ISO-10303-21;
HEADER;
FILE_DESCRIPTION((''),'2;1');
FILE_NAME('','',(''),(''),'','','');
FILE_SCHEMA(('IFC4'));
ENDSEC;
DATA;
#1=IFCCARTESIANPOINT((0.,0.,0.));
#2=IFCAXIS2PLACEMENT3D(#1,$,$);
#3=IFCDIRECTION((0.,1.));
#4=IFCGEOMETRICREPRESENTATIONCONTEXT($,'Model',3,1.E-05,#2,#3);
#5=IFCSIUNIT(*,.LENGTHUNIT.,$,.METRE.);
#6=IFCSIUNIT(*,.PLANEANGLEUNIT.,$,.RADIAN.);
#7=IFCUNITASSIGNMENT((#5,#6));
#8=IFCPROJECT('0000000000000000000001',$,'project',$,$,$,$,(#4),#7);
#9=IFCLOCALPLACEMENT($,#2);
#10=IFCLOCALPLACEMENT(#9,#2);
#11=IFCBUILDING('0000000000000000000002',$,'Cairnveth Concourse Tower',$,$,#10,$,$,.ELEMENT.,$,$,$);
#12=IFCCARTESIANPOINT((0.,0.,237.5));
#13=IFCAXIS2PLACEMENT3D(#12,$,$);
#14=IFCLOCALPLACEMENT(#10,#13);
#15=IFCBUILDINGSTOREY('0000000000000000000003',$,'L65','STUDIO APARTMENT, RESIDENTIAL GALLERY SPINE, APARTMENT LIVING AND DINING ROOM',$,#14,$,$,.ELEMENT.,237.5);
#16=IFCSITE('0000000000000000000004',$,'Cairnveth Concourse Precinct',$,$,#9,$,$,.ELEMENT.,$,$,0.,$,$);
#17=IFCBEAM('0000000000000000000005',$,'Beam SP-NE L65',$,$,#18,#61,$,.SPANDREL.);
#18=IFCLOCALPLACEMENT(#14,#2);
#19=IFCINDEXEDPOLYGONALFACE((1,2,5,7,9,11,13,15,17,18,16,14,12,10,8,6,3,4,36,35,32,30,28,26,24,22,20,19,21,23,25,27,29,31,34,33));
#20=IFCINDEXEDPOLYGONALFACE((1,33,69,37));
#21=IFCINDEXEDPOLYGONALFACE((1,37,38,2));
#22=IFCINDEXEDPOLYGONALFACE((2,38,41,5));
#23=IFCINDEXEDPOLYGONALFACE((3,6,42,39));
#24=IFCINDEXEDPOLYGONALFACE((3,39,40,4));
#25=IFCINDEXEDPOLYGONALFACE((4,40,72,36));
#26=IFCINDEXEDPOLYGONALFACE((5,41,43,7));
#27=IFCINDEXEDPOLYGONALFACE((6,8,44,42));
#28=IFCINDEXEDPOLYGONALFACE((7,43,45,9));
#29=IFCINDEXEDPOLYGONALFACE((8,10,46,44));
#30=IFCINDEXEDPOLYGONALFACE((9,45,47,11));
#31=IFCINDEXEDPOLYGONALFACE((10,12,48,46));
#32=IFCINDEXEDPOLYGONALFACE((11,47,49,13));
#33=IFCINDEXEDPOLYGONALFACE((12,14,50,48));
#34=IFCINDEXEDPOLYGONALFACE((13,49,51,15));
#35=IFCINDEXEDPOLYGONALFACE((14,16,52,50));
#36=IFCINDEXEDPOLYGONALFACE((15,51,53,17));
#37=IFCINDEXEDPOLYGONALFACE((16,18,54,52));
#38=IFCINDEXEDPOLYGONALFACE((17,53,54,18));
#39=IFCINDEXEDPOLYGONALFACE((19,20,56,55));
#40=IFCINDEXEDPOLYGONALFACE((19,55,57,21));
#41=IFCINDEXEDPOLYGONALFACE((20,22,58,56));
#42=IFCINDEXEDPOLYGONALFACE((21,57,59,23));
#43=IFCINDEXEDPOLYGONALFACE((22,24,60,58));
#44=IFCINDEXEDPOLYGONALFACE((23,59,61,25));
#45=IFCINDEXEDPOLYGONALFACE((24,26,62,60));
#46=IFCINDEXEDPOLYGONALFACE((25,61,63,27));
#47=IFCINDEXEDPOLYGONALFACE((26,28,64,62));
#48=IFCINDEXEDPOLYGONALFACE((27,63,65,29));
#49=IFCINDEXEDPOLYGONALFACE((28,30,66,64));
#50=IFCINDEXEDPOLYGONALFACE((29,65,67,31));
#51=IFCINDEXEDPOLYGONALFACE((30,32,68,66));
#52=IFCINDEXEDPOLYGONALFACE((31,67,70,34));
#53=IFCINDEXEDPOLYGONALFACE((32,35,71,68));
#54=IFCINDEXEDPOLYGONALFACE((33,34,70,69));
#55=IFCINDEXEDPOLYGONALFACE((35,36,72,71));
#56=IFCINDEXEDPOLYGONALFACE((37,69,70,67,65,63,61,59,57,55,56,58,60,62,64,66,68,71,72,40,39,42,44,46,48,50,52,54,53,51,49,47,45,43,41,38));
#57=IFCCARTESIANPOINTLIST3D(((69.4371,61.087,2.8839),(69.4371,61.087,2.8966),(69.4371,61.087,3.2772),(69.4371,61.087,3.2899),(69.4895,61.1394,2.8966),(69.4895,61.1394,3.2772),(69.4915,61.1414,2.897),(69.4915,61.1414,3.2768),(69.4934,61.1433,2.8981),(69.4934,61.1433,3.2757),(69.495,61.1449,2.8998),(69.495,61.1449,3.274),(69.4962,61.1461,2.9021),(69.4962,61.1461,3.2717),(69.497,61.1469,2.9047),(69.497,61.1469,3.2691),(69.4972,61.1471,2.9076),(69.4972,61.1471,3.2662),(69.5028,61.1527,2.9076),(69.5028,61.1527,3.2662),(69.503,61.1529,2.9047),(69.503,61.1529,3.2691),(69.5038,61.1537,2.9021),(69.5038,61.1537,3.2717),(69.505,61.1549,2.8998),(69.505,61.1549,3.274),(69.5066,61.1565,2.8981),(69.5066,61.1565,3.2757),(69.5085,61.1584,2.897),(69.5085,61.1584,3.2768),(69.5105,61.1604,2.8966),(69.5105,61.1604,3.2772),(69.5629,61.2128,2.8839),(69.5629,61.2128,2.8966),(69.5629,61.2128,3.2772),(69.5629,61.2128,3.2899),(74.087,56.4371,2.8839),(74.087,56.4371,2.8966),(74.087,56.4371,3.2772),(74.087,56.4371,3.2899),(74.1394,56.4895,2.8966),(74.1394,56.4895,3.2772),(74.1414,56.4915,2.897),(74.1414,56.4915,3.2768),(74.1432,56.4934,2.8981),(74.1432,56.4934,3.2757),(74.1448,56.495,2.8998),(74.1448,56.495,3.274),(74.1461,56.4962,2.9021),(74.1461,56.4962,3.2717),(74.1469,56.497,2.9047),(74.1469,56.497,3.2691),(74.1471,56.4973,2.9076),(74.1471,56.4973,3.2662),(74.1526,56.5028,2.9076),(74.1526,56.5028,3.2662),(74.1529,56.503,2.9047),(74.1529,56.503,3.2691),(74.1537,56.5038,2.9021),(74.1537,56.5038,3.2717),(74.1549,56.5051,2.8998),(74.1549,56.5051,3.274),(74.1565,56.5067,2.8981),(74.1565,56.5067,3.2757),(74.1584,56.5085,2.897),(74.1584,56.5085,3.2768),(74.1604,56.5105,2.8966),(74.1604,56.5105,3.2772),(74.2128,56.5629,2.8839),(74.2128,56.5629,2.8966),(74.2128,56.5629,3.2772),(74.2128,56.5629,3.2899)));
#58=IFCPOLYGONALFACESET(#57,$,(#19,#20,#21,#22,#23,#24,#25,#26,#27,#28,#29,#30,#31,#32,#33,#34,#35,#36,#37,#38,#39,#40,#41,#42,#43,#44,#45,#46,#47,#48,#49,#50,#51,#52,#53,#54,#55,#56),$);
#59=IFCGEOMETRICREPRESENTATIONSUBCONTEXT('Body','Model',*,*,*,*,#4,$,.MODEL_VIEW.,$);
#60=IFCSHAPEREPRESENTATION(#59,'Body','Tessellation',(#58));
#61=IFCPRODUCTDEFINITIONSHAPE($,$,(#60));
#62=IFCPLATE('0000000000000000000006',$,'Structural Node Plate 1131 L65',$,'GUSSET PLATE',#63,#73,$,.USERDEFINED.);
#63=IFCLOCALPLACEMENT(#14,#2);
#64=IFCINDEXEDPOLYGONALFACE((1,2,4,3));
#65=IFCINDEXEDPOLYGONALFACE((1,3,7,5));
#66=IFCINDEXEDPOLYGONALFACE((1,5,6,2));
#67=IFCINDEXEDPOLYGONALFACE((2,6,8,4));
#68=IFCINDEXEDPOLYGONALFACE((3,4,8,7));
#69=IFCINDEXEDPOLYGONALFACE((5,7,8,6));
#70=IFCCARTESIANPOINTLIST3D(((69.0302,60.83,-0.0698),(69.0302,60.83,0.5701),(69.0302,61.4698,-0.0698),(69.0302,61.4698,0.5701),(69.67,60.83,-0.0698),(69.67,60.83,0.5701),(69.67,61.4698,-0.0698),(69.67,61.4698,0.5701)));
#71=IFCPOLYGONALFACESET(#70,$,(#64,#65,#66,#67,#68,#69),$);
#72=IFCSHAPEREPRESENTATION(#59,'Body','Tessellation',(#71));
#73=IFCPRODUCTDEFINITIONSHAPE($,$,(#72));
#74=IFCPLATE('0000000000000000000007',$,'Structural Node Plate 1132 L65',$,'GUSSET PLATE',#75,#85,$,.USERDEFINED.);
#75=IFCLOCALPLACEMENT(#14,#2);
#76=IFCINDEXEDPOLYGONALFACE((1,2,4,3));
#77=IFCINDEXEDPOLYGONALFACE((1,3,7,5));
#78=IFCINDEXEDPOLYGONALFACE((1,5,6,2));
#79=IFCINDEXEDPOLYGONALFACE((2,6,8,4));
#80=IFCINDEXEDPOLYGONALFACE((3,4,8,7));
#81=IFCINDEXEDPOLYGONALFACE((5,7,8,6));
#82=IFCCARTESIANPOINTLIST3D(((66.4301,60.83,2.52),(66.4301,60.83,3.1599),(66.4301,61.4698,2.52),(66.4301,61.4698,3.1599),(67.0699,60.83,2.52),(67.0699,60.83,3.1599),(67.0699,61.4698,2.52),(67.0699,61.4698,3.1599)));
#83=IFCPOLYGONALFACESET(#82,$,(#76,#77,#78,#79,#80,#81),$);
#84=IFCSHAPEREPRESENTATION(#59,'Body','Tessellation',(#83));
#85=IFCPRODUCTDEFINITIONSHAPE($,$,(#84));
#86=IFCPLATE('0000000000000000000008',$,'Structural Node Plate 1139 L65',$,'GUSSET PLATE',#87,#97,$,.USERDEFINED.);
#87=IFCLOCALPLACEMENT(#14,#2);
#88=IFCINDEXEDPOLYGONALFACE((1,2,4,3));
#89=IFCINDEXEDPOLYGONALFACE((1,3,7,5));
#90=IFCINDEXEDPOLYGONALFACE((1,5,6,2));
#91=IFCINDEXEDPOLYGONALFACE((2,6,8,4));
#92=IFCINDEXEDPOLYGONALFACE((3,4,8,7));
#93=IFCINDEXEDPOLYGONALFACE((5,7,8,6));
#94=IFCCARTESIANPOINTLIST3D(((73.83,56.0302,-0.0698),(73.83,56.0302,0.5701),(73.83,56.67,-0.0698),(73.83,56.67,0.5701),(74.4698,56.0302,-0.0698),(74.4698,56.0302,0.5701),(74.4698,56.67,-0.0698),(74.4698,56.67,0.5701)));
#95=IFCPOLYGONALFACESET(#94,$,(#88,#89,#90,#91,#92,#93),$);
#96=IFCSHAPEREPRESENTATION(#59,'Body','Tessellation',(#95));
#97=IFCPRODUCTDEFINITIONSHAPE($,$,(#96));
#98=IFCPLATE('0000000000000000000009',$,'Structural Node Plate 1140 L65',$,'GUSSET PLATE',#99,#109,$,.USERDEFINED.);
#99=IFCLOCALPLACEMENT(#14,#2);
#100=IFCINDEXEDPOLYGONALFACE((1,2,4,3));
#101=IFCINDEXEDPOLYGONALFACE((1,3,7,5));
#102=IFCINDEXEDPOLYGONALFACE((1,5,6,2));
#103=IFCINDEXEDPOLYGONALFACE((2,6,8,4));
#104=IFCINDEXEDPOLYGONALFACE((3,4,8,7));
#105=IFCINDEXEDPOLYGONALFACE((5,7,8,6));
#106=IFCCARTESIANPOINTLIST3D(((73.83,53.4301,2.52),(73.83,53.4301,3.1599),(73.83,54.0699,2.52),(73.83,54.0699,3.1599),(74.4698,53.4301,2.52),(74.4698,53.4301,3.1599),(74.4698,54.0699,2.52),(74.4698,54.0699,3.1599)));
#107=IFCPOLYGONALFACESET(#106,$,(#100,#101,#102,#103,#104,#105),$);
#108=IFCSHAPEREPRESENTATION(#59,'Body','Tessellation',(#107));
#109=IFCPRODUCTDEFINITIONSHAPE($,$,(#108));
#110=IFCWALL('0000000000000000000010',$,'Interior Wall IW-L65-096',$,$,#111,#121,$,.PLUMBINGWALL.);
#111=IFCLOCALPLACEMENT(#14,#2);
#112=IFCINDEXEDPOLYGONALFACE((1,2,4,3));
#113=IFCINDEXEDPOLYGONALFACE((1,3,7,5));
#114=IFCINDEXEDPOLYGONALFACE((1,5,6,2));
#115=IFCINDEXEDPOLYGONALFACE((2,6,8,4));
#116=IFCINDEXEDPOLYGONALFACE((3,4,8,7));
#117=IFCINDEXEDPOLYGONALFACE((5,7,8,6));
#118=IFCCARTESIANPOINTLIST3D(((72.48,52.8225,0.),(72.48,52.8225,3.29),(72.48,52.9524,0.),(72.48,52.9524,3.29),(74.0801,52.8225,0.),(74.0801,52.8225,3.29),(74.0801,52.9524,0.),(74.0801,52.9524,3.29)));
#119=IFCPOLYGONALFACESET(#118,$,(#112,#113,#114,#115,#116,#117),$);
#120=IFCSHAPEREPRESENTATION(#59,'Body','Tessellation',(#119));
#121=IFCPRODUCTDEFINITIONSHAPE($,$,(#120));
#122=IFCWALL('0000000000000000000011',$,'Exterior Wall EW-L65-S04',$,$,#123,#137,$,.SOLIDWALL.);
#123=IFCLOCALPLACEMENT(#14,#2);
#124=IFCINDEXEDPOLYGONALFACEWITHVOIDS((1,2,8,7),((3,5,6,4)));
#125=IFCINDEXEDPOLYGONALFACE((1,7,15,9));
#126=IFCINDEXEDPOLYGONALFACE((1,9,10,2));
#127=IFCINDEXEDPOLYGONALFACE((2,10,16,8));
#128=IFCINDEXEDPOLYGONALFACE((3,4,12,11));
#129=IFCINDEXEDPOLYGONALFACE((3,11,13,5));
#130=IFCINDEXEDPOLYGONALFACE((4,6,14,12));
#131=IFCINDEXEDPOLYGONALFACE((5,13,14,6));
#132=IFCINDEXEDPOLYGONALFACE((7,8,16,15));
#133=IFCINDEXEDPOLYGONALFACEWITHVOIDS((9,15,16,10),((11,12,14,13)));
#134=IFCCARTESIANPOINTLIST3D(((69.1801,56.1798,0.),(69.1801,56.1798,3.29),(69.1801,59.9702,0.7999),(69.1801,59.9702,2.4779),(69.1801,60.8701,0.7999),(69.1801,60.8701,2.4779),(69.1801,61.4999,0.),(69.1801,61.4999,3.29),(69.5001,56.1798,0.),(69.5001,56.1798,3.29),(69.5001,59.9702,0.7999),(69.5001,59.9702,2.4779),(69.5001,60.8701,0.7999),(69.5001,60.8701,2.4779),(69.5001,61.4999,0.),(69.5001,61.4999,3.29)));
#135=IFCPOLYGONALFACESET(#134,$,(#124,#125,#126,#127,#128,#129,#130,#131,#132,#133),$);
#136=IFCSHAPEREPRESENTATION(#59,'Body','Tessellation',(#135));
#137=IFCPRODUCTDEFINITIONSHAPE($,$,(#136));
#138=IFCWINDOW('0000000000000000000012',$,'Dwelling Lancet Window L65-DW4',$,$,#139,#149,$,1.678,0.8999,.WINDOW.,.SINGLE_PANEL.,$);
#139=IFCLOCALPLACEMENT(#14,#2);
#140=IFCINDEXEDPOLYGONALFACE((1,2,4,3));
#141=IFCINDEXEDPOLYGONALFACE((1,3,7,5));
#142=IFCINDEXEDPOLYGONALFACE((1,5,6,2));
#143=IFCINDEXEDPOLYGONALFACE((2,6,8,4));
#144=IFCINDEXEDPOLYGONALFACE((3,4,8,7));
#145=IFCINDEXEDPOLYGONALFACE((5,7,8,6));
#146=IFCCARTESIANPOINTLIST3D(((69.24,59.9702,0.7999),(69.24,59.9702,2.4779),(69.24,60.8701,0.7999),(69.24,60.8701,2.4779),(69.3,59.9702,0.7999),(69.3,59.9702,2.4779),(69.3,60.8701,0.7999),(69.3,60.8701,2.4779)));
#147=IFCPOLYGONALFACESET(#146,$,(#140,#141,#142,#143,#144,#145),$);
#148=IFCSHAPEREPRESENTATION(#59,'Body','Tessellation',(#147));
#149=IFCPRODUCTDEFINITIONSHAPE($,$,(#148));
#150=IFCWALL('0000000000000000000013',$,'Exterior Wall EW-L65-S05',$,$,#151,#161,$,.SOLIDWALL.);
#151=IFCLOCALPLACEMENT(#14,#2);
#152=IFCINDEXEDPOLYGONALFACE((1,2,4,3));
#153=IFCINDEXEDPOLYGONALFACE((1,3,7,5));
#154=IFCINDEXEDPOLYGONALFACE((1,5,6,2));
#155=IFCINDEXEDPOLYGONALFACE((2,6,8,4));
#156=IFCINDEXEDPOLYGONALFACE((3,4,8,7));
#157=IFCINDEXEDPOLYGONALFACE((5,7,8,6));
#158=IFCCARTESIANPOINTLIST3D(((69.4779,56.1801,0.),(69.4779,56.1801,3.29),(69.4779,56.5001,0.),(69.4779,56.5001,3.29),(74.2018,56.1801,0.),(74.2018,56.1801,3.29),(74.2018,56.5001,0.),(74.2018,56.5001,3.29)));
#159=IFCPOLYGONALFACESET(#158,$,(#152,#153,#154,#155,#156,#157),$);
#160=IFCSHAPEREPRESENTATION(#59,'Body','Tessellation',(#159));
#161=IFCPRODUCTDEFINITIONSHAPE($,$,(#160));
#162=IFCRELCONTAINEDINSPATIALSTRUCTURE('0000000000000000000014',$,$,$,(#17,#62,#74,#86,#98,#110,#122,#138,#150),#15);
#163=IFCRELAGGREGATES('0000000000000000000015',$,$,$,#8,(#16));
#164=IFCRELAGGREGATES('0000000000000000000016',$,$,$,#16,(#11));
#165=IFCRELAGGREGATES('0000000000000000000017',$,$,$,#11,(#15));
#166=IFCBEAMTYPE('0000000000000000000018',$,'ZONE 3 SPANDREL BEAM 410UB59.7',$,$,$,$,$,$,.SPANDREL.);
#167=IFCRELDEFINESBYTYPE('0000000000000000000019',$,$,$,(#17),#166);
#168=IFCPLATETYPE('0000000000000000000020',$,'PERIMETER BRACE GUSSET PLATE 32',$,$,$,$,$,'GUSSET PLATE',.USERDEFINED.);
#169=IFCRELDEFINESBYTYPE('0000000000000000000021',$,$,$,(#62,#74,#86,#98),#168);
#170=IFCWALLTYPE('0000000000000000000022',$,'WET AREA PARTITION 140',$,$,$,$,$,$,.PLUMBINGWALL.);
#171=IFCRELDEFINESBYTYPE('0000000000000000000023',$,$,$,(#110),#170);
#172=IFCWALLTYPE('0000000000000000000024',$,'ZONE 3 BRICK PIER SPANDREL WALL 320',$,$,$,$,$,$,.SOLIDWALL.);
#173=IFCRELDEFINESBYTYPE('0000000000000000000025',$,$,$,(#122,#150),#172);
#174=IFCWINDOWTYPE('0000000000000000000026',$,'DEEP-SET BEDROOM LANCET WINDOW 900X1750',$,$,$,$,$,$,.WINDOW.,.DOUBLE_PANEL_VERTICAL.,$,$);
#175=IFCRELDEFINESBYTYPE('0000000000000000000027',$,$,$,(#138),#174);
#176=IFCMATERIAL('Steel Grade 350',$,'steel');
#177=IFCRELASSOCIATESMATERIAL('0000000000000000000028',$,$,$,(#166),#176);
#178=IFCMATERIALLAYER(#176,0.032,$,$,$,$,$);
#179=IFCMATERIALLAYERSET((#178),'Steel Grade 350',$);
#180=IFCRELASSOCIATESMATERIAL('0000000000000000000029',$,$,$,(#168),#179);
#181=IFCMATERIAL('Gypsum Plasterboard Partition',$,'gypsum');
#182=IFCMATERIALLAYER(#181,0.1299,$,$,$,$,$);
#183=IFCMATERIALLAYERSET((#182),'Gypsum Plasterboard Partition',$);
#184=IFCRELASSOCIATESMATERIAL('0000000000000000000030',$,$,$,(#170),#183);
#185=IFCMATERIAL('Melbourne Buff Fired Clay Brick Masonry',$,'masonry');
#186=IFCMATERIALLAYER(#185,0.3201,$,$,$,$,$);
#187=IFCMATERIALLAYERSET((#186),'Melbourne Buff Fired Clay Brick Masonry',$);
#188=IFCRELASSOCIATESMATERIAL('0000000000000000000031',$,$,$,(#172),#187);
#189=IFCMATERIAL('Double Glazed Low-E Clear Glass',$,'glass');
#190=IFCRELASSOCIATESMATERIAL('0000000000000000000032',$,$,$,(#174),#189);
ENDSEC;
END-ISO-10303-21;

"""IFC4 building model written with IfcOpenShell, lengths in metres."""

from ifc_helpers import new_model, si_unit, direction, frame, frame_2d, origin, origin_2d, place, context, subcontext, project, spatial, rectangle, i_section, extrude, material, layer, layer_set, material_profile, profile_set, type_object, element, fill, save


model = new_model("IFC4")

# Units and contexts
model_context = context("Model", 3, precision=1e-05, world=origin(), true_north=direction((0.0, 1.0)))
body_context = subcontext(model_context, "Body", "Model", "MODEL_VIEW")
ifc_project = project(units=[si_unit("LENGTHUNIT", "METRE"), si_unit("PLANEANGLEUNIT", "RADIAN")], contexts=[model_context])

# Site, building, storey
site_placement = place(None, origin())
site = spatial("IfcSite", under=ifc_project, at=site_placement, Name="Cairnveth Concourse Precinct", CompositionType="ELEMENT", RefElevation=0.0)
building_placement = place(site_placement, origin())
building = spatial("IfcBuilding", under=site, at=building_placement, Name="Cairnveth Concourse Tower", CompositionType="ELEMENT")
storey_placement = place(building_placement, frame((0.0, 0.0, 237.5)))
storey = spatial("IfcBuildingStorey", under=building, at=storey_placement, Name="L65", Description="STUDIO APARTMENT, RESIDENTIAL GALLERY SPINE, APARTMENT LIVING AND DINING ROOM", CompositionType="ELEMENT", Elevation=237.5)

# Shared definitions
ifc_material_1 = material(Name="Steel Grade 350", Category="steel")

# Beam
ifc_material_profile_1 = material_profile(ifc_material_1, i_section(OverallWidth=0.178, OverallDepth=0.406, WebThickness=0.0078, FlangeThickness=0.0127, FilletRadius=0.011, at=origin_2d()), Name="410UB59.7")
ifc_profile_set_1 = profile_set([ifc_material_profile_1], Name="Steel Grade 350")
beam_type_1 = type_object("IfcBeamType", Name="ZONE 3 SPANDREL BEAM 410UB59.7", PredefinedType="SPANDREL", material=ifc_profile_set_1)
beam_1_placement = place(storey_placement, frame((69.5, 61.1499, 3.0869), z_axis=(0.707107, -0.707107, 0.0), x_axis=(0.707107, 0.707107, 0.0)))
element("IfcBeam", 1, at=beam_1_placement, inside=storey, type_object=beam_type_1, Name="Beam SP-NE L65", PredefinedType="SPANDREL", context=body_context, shape_type="SweptSolid", body=[
    extrude(i_section(OverallWidth=0.178, OverallDepth=0.406, WebThickness=0.0078, FlangeThickness=0.0127, FilletRadius=0.011, at=origin_2d()), origin(), (0.0, 0.0, 1.0), 6.5759),
])

# Plates
ifc_layer_1 = layer(ifc_material_1, 0.032)
ifc_layer_set_1 = layer_set([ifc_layer_1], Name="Steel Grade 350")
plate_type = type_object("IfcPlateType", Name="PERIMETER BRACE GUSSET PLATE 32", ElementType="GUSSET PLATE", PredefinedType="USERDEFINED", material=ifc_layer_set_1)
for number, where, z_axis, x_axis, name in (
    (2, (69.3501, 61.1499, -0.0698), (0.0, 0.0, 1.0), (1.0, 0.0, 0.0), "Structural Node Plate 1131 L65"),
    (3, (66.75, 61.1499, 2.52), (0.0, 0.0, 1.0), (1.0, 0.0, 0.0), "Structural Node Plate 1132 L65"),
    (4, (74.1499, 56.3501, -0.0698), (0.0, 0.0, 1.0), (1.0, 0.0, 0.0), "Structural Node Plate 1139 L65"),
    (5, (74.1499, 53.75, 2.52), (0.0, 0.0, 1.0), (1.0, 0.0, 0.0), "Structural Node Plate 1140 L65"),
):
    element("IfcPlate", number, at=place(storey_placement, frame(where, z_axis=z_axis, x_axis=x_axis)), inside=storey, type_object=plate_type, Name=name, ObjectType="GUSSET PLATE", PredefinedType="USERDEFINED", context=body_context, shape_type="SweptSolid", body=[
        extrude(rectangle(XDim=0.6399, YDim=0.6399, at=origin_2d()), origin(), (0.0, 0.0, 1.0), 0.6399),
    ])

# Wall
ifc_material_2 = material(Name="Gypsum Plasterboard Partition", Category="gypsum")
ifc_layer_2 = layer(ifc_material_2, 0.1299)
ifc_layer_set_2 = layer_set([ifc_layer_2], Name="Gypsum Plasterboard Partition")
wall_type_1 = type_object("IfcWallType", Name="WET AREA PARTITION 140", PredefinedType="PLUMBINGWALL", material=ifc_layer_set_2)
wall_1_placement = place(storey_placement, frame((72.48, 52.8875, 0.0), z_axis=(0.0, 0.0, 1.0), x_axis=(1.0, 0.0, 0.0)))
element("IfcWall", 6, at=wall_1_placement, inside=storey, type_object=wall_type_1, Name="Interior Wall IW-L65-096", PredefinedType="PLUMBINGWALL", context=body_context, shape_type="SweptSolid", body=[
    extrude(rectangle(XDim=1.6001, YDim=0.1299, at=frame_2d((0.8, 0.0))), origin(), (0.0, 0.0, 1.0), 3.29),
])

# Wall, opening, window
ifc_material_3 = material(Name="Melbourne Buff Fired Clay Brick Masonry", Category="masonry")
ifc_layer_3 = layer(ifc_material_3, 0.3201)
ifc_layer_set_3 = layer_set([ifc_layer_3], Name="Melbourne Buff Fired Clay Brick Masonry")
wall_type_2 = type_object("IfcWallType", Name="ZONE 3 BRICK PIER SPANDREL WALL 320", PredefinedType="SOLIDWALL", material=ifc_layer_set_3)
wall_2_placement = place(storey_placement, frame((69.3401, 61.5, 0.0), z_axis=(0.0, 0.0, 1.0), x_axis=(0.0, -1.0, 0.0)))
wall_2 = element("IfcWall", 7, at=wall_2_placement, inside=storey, type_object=wall_type_2, Name="Exterior Wall EW-L65-S04", PredefinedType="SOLIDWALL", context=body_context, shape_type="SweptSolid", body=[
    extrude(rectangle(XDim=5.3201, YDim=0.3201, at=frame_2d((2.6602, 0.0))), origin(), (0.0, 0.0, 1.0), 3.29),
])
opening_1_placement = place(wall_2_placement, frame((0.6299, 0.0, 0.8)))
opening_1 = element("IfcOpeningElement", 8, at=opening_1_placement, cuts=wall_2, PredefinedType="OPENING", context=body_context, shape_type="SweptSolid", body=[
    extrude(rectangle(XDim=0.8999, YDim=1.678, at=frame_2d((0.45, 0.8389))), frame((0.0, 0.1699, 0.0), z_axis=(0.0, -1.0, 0.0), x_axis=(1.0, 0.0, 0.0)), (0.0, 0.0, 1.0), 0.3401),
])
ifc_material_4 = material(Name="Double Glazed Low-E Clear Glass", Category="glass")
window_type_1 = type_object("IfcWindowType", Name="DEEP-SET BEDROOM LANCET WINDOW 900X1750", PartitioningType="DOUBLE_PANEL_VERTICAL", PredefinedType="WINDOW", material=ifc_material_4)
window_1_placement = place(opening_1_placement, origin())
window_1 = element("IfcWindow", 9, at=window_1_placement, inside=storey, type_object=window_type_1, Name="Dwelling Lancet Window L65-DW4", OverallHeight=1.678, OverallWidth=0.8999, PartitioningType="SINGLE_PANEL", PredefinedType="WINDOW", context=body_context, shape_type="SweptSolid", body=[
    extrude(rectangle(XDim=0.8999, YDim=1.678, at=frame_2d((0.45, 0.8389))), frame((0.0, -0.04, 0.0), z_axis=(0.0, -1.0, 0.0), x_axis=(1.0, 0.0, 0.0)), (0.0, 0.0, 1.0), 0.0601),
])
fill(opening_1, window_1)

# Wall
wall_3_placement = place(storey_placement, frame((69.478, 56.3401, 0.0), z_axis=(0.0, 0.0, 1.0), x_axis=(1.0, 0.0, 0.0)))
element("IfcWall", 10, at=wall_3_placement, inside=storey, type_object=wall_type_2, Name="Exterior Wall EW-L65-S05", PredefinedType="SOLIDWALL", context=body_context, shape_type="SweptSolid", body=[
    extrude(rectangle(XDim=4.7239, YDim=0.3201, at=frame_2d((2.3618, 0.0))), origin(), (0.0, 0.0, 1.0), 3.29),
])

save(model, "model.ifc")
